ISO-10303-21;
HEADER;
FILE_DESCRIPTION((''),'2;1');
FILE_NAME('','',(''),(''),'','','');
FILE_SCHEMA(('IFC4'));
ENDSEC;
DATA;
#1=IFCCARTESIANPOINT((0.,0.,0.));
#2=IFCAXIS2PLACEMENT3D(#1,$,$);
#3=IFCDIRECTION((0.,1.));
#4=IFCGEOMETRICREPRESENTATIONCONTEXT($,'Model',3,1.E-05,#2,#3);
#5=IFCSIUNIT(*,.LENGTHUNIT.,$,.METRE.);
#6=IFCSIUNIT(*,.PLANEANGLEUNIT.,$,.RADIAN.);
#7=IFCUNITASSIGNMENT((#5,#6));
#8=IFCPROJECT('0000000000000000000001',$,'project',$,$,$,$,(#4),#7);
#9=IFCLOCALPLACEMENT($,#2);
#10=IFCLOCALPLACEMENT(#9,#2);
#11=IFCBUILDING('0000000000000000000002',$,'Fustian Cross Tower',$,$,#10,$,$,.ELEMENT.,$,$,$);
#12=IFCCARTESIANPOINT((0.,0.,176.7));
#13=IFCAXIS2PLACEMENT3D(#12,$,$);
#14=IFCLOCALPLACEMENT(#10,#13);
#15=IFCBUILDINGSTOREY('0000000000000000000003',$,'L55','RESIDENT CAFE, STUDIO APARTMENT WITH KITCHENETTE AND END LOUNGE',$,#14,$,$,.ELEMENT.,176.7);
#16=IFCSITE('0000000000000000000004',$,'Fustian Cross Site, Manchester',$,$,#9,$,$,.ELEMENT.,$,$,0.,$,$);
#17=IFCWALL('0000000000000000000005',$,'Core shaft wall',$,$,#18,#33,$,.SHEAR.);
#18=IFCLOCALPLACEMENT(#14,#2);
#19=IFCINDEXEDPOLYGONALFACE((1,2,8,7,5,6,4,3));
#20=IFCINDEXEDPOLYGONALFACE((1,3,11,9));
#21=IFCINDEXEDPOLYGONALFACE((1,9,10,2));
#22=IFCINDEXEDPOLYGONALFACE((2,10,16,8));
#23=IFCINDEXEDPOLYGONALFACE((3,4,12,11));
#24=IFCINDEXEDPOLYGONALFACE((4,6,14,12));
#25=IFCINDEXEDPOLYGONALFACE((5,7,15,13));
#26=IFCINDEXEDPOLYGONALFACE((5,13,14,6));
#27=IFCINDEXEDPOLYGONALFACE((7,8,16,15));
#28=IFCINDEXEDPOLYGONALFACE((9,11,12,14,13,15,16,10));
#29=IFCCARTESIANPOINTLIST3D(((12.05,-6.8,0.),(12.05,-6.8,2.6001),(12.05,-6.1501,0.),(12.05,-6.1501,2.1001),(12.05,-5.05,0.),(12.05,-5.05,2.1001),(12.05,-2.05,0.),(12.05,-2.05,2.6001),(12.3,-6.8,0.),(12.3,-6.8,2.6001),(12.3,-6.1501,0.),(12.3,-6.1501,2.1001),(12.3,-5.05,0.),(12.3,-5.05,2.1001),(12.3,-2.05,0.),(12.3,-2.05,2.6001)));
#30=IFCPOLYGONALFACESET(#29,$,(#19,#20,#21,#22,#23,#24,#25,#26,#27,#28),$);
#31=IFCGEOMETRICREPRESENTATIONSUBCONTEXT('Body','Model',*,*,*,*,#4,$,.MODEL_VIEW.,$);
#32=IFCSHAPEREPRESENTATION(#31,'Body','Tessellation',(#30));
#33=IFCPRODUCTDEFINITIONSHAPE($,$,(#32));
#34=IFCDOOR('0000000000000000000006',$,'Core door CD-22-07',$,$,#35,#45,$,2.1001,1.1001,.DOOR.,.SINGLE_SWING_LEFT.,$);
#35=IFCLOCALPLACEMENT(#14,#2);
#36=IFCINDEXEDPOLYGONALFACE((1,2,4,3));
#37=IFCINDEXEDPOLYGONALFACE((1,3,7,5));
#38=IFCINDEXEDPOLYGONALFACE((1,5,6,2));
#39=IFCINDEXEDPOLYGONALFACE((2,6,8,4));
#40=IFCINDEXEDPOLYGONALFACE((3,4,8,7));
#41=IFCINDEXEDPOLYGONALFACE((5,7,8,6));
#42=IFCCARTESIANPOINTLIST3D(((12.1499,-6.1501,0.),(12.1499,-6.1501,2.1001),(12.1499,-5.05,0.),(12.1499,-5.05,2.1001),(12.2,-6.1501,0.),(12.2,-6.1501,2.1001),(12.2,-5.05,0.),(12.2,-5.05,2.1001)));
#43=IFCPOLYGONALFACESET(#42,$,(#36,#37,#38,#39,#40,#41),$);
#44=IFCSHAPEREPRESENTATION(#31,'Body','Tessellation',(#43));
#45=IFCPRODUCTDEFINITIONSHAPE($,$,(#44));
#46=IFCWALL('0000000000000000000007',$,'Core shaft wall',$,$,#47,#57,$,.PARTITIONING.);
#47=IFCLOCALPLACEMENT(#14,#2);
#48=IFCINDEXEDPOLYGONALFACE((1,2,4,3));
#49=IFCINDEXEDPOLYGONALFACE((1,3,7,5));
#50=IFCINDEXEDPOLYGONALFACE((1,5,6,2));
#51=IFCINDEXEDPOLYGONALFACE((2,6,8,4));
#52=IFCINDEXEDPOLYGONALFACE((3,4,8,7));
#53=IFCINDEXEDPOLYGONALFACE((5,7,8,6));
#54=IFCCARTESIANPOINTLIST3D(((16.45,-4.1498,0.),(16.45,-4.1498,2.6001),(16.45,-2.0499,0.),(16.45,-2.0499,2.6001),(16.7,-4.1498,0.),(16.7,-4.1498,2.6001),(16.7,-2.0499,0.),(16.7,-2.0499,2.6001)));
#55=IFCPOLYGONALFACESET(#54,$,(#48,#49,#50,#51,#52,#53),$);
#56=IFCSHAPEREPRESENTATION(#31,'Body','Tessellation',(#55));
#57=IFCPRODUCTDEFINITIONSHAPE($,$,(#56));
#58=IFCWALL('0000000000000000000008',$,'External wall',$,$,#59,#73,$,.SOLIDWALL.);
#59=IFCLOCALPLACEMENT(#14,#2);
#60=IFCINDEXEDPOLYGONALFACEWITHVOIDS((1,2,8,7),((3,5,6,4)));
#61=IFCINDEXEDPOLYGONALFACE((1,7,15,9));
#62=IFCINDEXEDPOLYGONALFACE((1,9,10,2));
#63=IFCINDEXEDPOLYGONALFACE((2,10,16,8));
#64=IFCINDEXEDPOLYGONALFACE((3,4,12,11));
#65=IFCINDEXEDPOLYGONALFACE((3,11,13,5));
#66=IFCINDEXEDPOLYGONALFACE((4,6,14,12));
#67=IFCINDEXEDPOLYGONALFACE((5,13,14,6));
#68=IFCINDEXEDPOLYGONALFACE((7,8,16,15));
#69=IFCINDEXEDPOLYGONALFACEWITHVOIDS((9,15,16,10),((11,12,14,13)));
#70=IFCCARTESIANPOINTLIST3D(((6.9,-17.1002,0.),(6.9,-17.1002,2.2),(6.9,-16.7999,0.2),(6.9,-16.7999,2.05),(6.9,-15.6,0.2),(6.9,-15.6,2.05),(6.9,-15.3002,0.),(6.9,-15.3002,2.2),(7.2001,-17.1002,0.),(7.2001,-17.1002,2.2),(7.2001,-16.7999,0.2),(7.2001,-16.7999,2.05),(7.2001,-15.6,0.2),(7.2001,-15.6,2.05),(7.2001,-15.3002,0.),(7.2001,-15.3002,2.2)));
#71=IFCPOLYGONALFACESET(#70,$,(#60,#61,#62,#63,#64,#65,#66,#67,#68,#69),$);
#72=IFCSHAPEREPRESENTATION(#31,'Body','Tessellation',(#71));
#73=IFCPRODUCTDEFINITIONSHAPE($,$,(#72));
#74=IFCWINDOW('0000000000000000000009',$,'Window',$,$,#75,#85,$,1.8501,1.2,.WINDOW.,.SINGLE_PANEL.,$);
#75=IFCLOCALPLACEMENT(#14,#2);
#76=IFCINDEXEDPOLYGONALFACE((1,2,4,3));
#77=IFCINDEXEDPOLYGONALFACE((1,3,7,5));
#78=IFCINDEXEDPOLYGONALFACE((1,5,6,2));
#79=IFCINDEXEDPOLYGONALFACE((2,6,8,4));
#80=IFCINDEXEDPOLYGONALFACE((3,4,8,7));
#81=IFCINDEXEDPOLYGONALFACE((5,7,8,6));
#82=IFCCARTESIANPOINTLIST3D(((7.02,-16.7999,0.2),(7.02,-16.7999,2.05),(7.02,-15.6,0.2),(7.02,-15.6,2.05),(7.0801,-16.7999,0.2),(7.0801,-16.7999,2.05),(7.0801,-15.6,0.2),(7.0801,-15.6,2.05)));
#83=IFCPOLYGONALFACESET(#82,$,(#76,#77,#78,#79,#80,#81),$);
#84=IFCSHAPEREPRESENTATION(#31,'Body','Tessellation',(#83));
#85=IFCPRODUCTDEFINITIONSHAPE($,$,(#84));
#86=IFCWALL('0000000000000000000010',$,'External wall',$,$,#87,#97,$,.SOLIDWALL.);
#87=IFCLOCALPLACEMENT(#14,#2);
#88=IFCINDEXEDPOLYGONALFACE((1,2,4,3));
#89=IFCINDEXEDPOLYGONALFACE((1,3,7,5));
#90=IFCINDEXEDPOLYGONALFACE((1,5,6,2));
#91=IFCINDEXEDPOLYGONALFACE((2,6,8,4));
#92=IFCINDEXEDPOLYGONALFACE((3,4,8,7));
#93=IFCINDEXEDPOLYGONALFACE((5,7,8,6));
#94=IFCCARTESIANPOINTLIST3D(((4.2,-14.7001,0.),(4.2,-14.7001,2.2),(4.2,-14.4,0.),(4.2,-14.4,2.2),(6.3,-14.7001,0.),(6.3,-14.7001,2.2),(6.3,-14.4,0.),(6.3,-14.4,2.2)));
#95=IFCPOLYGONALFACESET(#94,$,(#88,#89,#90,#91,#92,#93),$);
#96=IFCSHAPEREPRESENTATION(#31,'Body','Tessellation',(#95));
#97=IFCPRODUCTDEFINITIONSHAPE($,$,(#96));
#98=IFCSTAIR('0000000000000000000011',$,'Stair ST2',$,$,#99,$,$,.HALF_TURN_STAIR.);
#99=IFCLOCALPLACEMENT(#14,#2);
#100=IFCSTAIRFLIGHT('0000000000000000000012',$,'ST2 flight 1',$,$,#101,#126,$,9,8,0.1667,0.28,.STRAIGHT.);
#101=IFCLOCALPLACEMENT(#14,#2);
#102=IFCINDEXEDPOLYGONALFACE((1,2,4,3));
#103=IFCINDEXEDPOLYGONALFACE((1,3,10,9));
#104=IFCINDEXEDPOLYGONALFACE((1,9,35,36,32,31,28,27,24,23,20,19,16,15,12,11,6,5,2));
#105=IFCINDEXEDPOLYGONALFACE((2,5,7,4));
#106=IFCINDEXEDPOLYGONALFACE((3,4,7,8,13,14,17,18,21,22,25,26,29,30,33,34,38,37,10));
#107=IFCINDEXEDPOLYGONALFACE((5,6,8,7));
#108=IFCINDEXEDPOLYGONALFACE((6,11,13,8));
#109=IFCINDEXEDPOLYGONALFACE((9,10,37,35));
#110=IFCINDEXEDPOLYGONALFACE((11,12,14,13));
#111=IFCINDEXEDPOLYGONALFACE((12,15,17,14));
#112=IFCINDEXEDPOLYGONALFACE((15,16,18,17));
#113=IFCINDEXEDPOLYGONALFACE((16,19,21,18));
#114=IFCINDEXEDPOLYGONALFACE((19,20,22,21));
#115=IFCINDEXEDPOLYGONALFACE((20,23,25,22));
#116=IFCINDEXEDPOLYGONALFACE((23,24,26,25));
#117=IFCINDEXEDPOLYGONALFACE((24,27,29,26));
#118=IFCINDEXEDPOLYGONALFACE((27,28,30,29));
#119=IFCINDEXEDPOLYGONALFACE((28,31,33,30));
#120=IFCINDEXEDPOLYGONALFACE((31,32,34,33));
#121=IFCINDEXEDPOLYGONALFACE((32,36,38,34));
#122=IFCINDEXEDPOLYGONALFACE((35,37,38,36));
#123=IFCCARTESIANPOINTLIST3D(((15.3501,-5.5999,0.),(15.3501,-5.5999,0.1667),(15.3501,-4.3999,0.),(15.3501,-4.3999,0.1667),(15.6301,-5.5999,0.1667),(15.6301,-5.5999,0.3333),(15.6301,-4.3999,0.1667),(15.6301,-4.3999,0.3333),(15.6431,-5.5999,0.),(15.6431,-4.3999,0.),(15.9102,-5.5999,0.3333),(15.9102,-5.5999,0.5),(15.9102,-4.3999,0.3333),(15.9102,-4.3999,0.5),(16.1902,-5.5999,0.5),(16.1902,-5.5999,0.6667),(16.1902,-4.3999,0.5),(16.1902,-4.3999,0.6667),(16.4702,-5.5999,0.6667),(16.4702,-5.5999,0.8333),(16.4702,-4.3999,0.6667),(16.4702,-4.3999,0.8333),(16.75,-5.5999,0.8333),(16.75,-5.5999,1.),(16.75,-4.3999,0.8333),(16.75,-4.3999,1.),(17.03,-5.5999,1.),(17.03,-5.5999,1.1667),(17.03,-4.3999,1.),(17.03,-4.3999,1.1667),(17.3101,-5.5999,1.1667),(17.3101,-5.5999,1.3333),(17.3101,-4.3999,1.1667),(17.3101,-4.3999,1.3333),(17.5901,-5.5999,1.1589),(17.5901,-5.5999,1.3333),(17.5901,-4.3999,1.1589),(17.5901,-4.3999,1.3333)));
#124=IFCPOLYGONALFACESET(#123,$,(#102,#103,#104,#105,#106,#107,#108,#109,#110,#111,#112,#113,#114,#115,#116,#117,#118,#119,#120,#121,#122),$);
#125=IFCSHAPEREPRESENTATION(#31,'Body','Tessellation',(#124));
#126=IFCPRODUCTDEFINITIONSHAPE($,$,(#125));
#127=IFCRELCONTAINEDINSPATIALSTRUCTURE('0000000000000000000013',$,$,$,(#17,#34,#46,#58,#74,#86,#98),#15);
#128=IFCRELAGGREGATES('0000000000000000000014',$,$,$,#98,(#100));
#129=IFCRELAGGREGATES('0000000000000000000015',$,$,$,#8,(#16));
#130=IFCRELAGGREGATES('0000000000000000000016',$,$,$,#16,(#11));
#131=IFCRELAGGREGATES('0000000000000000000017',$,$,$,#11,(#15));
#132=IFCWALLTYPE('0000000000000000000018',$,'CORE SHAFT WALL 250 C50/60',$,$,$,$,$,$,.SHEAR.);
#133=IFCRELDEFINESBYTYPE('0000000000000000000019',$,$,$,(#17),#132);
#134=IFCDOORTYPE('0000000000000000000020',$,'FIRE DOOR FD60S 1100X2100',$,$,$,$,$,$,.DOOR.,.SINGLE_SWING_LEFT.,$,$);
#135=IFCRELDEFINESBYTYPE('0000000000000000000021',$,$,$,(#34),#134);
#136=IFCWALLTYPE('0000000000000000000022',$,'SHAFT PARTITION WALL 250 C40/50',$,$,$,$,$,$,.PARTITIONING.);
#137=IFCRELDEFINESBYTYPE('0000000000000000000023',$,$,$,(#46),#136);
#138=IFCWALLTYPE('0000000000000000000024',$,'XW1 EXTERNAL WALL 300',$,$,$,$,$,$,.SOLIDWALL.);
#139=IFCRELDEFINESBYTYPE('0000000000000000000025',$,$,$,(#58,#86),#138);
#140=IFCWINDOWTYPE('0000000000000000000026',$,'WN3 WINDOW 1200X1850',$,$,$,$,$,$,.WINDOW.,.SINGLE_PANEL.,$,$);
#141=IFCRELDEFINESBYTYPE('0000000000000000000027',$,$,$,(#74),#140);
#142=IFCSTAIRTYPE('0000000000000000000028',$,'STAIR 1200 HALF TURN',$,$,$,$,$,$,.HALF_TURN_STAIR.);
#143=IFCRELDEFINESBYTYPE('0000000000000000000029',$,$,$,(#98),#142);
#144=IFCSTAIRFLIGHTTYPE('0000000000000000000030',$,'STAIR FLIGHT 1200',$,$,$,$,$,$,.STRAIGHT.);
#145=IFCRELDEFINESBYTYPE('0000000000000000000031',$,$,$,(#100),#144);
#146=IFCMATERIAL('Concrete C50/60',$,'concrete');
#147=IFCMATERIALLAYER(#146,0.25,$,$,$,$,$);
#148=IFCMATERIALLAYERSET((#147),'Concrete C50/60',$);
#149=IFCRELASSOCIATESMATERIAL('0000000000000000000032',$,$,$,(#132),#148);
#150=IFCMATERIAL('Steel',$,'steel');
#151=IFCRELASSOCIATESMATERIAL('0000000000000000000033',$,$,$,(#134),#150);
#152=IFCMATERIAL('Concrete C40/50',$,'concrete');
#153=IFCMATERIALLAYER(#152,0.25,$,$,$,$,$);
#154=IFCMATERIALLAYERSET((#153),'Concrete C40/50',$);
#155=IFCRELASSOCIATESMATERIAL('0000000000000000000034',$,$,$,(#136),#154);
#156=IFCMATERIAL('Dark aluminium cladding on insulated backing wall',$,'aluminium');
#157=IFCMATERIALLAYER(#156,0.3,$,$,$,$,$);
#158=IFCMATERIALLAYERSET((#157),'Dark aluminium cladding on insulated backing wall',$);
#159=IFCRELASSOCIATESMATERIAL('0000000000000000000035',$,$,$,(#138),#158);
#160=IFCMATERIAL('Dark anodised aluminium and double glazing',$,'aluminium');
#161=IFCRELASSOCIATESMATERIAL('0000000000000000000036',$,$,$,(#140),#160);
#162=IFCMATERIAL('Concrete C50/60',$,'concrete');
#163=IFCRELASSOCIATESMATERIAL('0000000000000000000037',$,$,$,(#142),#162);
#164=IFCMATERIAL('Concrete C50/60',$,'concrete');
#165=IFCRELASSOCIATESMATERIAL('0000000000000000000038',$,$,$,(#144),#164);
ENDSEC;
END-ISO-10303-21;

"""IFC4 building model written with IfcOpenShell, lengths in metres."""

from ifc_helpers import new_model, si_unit, direction, frame, frame_2d, origin, place, context, subcontext, project, spatial, polyline, rectangle, outline, extrude, material, layer, layer_set, type_object, element, fill, aggregate, save


model = new_model("IFC4")

# Units and contexts
model_context = context("Model", 3, precision=1e-05, world=origin(), true_north=direction((0.0, 1.0)))
body_context = subcontext(model_context, "Body", "Model", "MODEL_VIEW")
ifc_project = project(units=[si_unit("LENGTHUNIT", "METRE"), si_unit("PLANEANGLEUNIT", "RADIAN")], contexts=[model_context])

# Site, building, storey
site_placement = place(None, origin())
site = spatial("IfcSite", under=ifc_project, at=site_placement, Name="Fustian Cross Site, Manchester", CompositionType="ELEMENT", RefElevation=0.0)
building_placement = place(site_placement, origin())
building = spatial("IfcBuilding", under=site, at=building_placement, Name="Fustian Cross Tower", CompositionType="ELEMENT")
storey_placement = place(building_placement, frame((0.0, 0.0, 176.7)))
storey = spatial("IfcBuildingStorey", under=building, at=storey_placement, Name="L55", Description="RESIDENT CAFE, STUDIO APARTMENT WITH KITCHENETTE AND END LOUNGE", CompositionType="ELEMENT", Elevation=176.7)

# Shared definitions
ifc_material_1 = material(Name="Concrete C50/60", Category="concrete")
ifc_layer_1 = layer(ifc_material_1, 0.25)
ifc_layer_set_1 = layer_set([ifc_layer_1], Name="Concrete C50/60")
wall_type_1 = type_object("IfcWallType", Name="CORE SHAFT WALL 250 C50/60", PredefinedType="SHEAR", material=ifc_layer_set_1)

# Wall, opening, door
wall_1_placement = place(storey_placement, frame((12.175, -2.05, 0.0), z_axis=(0.0, 0.0, 1.0), x_axis=(0.0, -1.0, 0.0)))
wall_1 = element("IfcWall", 1, at=wall_1_placement, inside=storey, type_object=wall_type_1, Name="Core shaft wall", PredefinedType="SHEAR", context=body_context, shape_type="SweptSolid", body=[
    extrude(rectangle(XDim=4.75, YDim=0.25, at=frame_2d((2.375, 0.0))), origin(), (0.0, 0.0, 1.0), 2.6001),
])
opening_1_placement = place(wall_1_placement, frame((3.0, 0.0, 0.0)))
opening_1 = element("IfcOpeningElement", 2, at=opening_1_placement, cuts=wall_1, PredefinedType="OPENING", context=body_context, shape_type="SweptSolid", body=[
    extrude(rectangle(XDim=1.1001, YDim=2.1001, at=frame_2d((0.55, 1.05))), frame((0.0, 0.135, 0.0), z_axis=(0.0, -1.0, 0.0), x_axis=(1.0, 0.0, 0.0)), (0.0, 0.0, 1.0), 0.27),
])
ifc_material_2 = material(Name="Steel", Category="steel")
door_type_1 = type_object("IfcDoorType", Name="FIRE DOOR FD60S 1100X2100", OperationType="SINGLE_SWING_LEFT", PredefinedType="DOOR", material=ifc_material_2)
door_1_placement = place(opening_1_placement, origin())
door_1 = element("IfcDoor", 3, at=door_1_placement, inside=storey, type_object=door_type_1, Name="Core door CD-22-07", OperationType="SINGLE_SWING_LEFT", OverallHeight=2.1001, OverallWidth=1.1001, PredefinedType="DOOR", context=body_context, shape_type="SweptSolid", body=[
    extrude(rectangle(XDim=1.1001, YDim=2.1001, at=frame_2d((0.55, 1.05))), frame((0.0, 0.0249, 0.0), z_axis=(0.0, -1.0, 0.0), x_axis=(1.0, 0.0, 0.0)), (0.0, 0.0, 1.0), 0.05),
])
fill(opening_1, door_1)

# Wall
ifc_material_3 = material(Name="Concrete C40/50", Category="concrete")
ifc_layer_2 = layer(ifc_material_3, 0.25)
ifc_layer_set_2 = layer_set([ifc_layer_2], Name="Concrete C40/50")
wall_type_2 = type_object("IfcWallType", Name="SHAFT PARTITION WALL 250 C40/50", PredefinedType="PARTITIONING", material=ifc_layer_set_2)
wall_2_placement = place(storey_placement, frame((16.575, -2.05, 0.0), z_axis=(0.0, 0.0, 1.0), x_axis=(0.0, -1.0, 0.0)))
element("IfcWall", 4, at=wall_2_placement, inside=storey, type_object=wall_type_2, Name="Core shaft wall", PredefinedType="PARTITIONING", context=body_context, shape_type="SweptSolid", body=[
    extrude(rectangle(XDim=2.0999, YDim=0.25, at=frame_2d((1.0498, 0.0))), origin(), (0.0, 0.0, 1.0), 2.6001),
])

# Wall, opening, window
ifc_material_4 = material(Name="Dark aluminium cladding on insulated backing wall", Category="aluminium")
ifc_layer_3 = layer(ifc_material_4, 0.3)
ifc_layer_set_3 = layer_set([ifc_layer_3], Name="Dark aluminium cladding on insulated backing wall")
wall_type_3 = type_object("IfcWallType", Name="XW1 EXTERNAL WALL 300", PredefinedType="SOLIDWALL", material=ifc_layer_set_3)
wall_3_placement = place(storey_placement, frame((7.05, -17.1001, 0.0), z_axis=(0.0, 0.0, 1.0), x_axis=(0.0, 1.0, 0.0)))
wall_3 = element("IfcWall", 5, at=wall_3_placement, inside=storey, type_object=wall_type_3, Name="External wall", PredefinedType="SOLIDWALL", context=body_context, shape_type="SweptSolid", body=[
    extrude(rectangle(XDim=1.8, YDim=0.3, at=frame_2d((0.8999, 0.0))), origin(), (0.0, 0.0, 1.0), 2.2),
])
opening_2_placement = place(wall_3_placement, frame((0.3, 0.0, 0.2)))
opening_2 = element("IfcOpeningElement", 6, at=opening_2_placement, cuts=wall_3, PredefinedType="OPENING", context=body_context, shape_type="SweptSolid", body=[
    extrude(rectangle(XDim=1.2, YDim=1.8501, at=frame_2d((0.6001, 0.925))), frame((0.0, 0.1599, 0.0), z_axis=(0.0, -1.0, 0.0), x_axis=(1.0, 0.0, 0.0)), (0.0, 0.0, 1.0), 0.3201),
])
ifc_material_5 = material(Name="Dark anodised aluminium and double glazing", Category="aluminium")
window_type = type_object("IfcWindowType", Name="WN3 WINDOW 1200X1850", PartitioningType="SINGLE_PANEL", PredefinedType="WINDOW", material=ifc_material_5)
window_placement = place(opening_2_placement, origin())
window = element("IfcWindow", 7, at=window_placement, inside=storey, type_object=window_type, Name="Window", OverallHeight=1.8501, OverallWidth=1.2, PartitioningType="SINGLE_PANEL", PredefinedType="WINDOW", context=body_context, shape_type="SweptSolid", body=[
    extrude(rectangle(XDim=1.2, YDim=1.8501, at=frame_2d((0.6001, 0.925))), frame((0.0, 0.03, 0.0), z_axis=(0.0, -1.0, 0.0), x_axis=(1.0, 0.0, 0.0)), (0.0, 0.0, 1.0), 0.0601),
])
fill(opening_2, window)

# Wall
wall_4_placement = place(storey_placement, frame((6.3, -14.55, 0.0), z_axis=(0.0, 0.0, 1.0), x_axis=(-1.0, 0.0, 0.0)))
element("IfcWall", 8, at=wall_4_placement, inside=storey, type_object=wall_type_3, Name="External wall", PredefinedType="SOLIDWALL", context=body_context, shape_type="SweptSolid", body=[
    extrude(rectangle(XDim=2.1001, YDim=0.3, at=frame_2d((1.05, 0.0))), origin(), (0.0, 0.0, 1.0), 2.2),
])

# Stair, stair flight
ifc_material_6 = material(Name="Concrete C50/60", Category="concrete")
stair_type = type_object("IfcStairType", Name="STAIR 1200 HALF TURN", PredefinedType="HALF_TURN_STAIR", material=ifc_material_6)
stair_placement = place(storey_placement, origin())
stair = element("IfcStair", 9, at=stair_placement, inside=storey, type_object=stair_type, Name="Stair ST2", PredefinedType="HALF_TURN_STAIR")
ifc_material_7 = material(Name="Concrete C50/60", Category="concrete")
stair_flight_type = type_object("IfcStairFlightType", Name="STAIR FLIGHT 1200", PredefinedType="STRAIGHT", material=ifc_material_7)
stair_flight_placement = place(storey_placement, frame((15.3501, -5.0, 0.0), z_axis=(0.0, 0.0, 1.0), x_axis=(1.0, 0.0, 0.0)))
stair_flight = element("IfcStairFlight", 10, at=stair_flight_placement, type_object=stair_flight_type, Name="ST2 flight 1", NumberOfRisers=9, NumberOfTreads=8, PredefinedType="STRAIGHT", RiserHeight=0.1667, TreadLength=0.28, context=body_context, shape_type="SweptSolid", body=[
    extrude(outline(polyline([(0.0, 0.0), (0.0, 0.1667), (0.28, 0.1667), (0.28, 0.3333), (0.5601, 0.3333), (0.5601, 0.5), (0.8401, 0.5), (0.8401, 0.6667), (1.1201, 0.6667), (1.1201, 0.8333), (1.3999, 0.8333), (1.3999, 1.0), (1.6799, 1.0), (1.6799, 1.1667), (1.96, 1.1667), (1.96, 1.3333), (2.24, 1.3333), (2.24, 1.5), (2.24, 1.1589), (0.293, 0.0), (0.0, 0.0)])), frame((0.0, 0.6001, 0.0), z_axis=(0.0, -1.0, 0.0), x_axis=(1.0, 0.0, 0.0)), (0.0, 0.0, 1.0), 1.2),
])
aggregate(stair, [stair_flight])

save(model, "model.ifc")
